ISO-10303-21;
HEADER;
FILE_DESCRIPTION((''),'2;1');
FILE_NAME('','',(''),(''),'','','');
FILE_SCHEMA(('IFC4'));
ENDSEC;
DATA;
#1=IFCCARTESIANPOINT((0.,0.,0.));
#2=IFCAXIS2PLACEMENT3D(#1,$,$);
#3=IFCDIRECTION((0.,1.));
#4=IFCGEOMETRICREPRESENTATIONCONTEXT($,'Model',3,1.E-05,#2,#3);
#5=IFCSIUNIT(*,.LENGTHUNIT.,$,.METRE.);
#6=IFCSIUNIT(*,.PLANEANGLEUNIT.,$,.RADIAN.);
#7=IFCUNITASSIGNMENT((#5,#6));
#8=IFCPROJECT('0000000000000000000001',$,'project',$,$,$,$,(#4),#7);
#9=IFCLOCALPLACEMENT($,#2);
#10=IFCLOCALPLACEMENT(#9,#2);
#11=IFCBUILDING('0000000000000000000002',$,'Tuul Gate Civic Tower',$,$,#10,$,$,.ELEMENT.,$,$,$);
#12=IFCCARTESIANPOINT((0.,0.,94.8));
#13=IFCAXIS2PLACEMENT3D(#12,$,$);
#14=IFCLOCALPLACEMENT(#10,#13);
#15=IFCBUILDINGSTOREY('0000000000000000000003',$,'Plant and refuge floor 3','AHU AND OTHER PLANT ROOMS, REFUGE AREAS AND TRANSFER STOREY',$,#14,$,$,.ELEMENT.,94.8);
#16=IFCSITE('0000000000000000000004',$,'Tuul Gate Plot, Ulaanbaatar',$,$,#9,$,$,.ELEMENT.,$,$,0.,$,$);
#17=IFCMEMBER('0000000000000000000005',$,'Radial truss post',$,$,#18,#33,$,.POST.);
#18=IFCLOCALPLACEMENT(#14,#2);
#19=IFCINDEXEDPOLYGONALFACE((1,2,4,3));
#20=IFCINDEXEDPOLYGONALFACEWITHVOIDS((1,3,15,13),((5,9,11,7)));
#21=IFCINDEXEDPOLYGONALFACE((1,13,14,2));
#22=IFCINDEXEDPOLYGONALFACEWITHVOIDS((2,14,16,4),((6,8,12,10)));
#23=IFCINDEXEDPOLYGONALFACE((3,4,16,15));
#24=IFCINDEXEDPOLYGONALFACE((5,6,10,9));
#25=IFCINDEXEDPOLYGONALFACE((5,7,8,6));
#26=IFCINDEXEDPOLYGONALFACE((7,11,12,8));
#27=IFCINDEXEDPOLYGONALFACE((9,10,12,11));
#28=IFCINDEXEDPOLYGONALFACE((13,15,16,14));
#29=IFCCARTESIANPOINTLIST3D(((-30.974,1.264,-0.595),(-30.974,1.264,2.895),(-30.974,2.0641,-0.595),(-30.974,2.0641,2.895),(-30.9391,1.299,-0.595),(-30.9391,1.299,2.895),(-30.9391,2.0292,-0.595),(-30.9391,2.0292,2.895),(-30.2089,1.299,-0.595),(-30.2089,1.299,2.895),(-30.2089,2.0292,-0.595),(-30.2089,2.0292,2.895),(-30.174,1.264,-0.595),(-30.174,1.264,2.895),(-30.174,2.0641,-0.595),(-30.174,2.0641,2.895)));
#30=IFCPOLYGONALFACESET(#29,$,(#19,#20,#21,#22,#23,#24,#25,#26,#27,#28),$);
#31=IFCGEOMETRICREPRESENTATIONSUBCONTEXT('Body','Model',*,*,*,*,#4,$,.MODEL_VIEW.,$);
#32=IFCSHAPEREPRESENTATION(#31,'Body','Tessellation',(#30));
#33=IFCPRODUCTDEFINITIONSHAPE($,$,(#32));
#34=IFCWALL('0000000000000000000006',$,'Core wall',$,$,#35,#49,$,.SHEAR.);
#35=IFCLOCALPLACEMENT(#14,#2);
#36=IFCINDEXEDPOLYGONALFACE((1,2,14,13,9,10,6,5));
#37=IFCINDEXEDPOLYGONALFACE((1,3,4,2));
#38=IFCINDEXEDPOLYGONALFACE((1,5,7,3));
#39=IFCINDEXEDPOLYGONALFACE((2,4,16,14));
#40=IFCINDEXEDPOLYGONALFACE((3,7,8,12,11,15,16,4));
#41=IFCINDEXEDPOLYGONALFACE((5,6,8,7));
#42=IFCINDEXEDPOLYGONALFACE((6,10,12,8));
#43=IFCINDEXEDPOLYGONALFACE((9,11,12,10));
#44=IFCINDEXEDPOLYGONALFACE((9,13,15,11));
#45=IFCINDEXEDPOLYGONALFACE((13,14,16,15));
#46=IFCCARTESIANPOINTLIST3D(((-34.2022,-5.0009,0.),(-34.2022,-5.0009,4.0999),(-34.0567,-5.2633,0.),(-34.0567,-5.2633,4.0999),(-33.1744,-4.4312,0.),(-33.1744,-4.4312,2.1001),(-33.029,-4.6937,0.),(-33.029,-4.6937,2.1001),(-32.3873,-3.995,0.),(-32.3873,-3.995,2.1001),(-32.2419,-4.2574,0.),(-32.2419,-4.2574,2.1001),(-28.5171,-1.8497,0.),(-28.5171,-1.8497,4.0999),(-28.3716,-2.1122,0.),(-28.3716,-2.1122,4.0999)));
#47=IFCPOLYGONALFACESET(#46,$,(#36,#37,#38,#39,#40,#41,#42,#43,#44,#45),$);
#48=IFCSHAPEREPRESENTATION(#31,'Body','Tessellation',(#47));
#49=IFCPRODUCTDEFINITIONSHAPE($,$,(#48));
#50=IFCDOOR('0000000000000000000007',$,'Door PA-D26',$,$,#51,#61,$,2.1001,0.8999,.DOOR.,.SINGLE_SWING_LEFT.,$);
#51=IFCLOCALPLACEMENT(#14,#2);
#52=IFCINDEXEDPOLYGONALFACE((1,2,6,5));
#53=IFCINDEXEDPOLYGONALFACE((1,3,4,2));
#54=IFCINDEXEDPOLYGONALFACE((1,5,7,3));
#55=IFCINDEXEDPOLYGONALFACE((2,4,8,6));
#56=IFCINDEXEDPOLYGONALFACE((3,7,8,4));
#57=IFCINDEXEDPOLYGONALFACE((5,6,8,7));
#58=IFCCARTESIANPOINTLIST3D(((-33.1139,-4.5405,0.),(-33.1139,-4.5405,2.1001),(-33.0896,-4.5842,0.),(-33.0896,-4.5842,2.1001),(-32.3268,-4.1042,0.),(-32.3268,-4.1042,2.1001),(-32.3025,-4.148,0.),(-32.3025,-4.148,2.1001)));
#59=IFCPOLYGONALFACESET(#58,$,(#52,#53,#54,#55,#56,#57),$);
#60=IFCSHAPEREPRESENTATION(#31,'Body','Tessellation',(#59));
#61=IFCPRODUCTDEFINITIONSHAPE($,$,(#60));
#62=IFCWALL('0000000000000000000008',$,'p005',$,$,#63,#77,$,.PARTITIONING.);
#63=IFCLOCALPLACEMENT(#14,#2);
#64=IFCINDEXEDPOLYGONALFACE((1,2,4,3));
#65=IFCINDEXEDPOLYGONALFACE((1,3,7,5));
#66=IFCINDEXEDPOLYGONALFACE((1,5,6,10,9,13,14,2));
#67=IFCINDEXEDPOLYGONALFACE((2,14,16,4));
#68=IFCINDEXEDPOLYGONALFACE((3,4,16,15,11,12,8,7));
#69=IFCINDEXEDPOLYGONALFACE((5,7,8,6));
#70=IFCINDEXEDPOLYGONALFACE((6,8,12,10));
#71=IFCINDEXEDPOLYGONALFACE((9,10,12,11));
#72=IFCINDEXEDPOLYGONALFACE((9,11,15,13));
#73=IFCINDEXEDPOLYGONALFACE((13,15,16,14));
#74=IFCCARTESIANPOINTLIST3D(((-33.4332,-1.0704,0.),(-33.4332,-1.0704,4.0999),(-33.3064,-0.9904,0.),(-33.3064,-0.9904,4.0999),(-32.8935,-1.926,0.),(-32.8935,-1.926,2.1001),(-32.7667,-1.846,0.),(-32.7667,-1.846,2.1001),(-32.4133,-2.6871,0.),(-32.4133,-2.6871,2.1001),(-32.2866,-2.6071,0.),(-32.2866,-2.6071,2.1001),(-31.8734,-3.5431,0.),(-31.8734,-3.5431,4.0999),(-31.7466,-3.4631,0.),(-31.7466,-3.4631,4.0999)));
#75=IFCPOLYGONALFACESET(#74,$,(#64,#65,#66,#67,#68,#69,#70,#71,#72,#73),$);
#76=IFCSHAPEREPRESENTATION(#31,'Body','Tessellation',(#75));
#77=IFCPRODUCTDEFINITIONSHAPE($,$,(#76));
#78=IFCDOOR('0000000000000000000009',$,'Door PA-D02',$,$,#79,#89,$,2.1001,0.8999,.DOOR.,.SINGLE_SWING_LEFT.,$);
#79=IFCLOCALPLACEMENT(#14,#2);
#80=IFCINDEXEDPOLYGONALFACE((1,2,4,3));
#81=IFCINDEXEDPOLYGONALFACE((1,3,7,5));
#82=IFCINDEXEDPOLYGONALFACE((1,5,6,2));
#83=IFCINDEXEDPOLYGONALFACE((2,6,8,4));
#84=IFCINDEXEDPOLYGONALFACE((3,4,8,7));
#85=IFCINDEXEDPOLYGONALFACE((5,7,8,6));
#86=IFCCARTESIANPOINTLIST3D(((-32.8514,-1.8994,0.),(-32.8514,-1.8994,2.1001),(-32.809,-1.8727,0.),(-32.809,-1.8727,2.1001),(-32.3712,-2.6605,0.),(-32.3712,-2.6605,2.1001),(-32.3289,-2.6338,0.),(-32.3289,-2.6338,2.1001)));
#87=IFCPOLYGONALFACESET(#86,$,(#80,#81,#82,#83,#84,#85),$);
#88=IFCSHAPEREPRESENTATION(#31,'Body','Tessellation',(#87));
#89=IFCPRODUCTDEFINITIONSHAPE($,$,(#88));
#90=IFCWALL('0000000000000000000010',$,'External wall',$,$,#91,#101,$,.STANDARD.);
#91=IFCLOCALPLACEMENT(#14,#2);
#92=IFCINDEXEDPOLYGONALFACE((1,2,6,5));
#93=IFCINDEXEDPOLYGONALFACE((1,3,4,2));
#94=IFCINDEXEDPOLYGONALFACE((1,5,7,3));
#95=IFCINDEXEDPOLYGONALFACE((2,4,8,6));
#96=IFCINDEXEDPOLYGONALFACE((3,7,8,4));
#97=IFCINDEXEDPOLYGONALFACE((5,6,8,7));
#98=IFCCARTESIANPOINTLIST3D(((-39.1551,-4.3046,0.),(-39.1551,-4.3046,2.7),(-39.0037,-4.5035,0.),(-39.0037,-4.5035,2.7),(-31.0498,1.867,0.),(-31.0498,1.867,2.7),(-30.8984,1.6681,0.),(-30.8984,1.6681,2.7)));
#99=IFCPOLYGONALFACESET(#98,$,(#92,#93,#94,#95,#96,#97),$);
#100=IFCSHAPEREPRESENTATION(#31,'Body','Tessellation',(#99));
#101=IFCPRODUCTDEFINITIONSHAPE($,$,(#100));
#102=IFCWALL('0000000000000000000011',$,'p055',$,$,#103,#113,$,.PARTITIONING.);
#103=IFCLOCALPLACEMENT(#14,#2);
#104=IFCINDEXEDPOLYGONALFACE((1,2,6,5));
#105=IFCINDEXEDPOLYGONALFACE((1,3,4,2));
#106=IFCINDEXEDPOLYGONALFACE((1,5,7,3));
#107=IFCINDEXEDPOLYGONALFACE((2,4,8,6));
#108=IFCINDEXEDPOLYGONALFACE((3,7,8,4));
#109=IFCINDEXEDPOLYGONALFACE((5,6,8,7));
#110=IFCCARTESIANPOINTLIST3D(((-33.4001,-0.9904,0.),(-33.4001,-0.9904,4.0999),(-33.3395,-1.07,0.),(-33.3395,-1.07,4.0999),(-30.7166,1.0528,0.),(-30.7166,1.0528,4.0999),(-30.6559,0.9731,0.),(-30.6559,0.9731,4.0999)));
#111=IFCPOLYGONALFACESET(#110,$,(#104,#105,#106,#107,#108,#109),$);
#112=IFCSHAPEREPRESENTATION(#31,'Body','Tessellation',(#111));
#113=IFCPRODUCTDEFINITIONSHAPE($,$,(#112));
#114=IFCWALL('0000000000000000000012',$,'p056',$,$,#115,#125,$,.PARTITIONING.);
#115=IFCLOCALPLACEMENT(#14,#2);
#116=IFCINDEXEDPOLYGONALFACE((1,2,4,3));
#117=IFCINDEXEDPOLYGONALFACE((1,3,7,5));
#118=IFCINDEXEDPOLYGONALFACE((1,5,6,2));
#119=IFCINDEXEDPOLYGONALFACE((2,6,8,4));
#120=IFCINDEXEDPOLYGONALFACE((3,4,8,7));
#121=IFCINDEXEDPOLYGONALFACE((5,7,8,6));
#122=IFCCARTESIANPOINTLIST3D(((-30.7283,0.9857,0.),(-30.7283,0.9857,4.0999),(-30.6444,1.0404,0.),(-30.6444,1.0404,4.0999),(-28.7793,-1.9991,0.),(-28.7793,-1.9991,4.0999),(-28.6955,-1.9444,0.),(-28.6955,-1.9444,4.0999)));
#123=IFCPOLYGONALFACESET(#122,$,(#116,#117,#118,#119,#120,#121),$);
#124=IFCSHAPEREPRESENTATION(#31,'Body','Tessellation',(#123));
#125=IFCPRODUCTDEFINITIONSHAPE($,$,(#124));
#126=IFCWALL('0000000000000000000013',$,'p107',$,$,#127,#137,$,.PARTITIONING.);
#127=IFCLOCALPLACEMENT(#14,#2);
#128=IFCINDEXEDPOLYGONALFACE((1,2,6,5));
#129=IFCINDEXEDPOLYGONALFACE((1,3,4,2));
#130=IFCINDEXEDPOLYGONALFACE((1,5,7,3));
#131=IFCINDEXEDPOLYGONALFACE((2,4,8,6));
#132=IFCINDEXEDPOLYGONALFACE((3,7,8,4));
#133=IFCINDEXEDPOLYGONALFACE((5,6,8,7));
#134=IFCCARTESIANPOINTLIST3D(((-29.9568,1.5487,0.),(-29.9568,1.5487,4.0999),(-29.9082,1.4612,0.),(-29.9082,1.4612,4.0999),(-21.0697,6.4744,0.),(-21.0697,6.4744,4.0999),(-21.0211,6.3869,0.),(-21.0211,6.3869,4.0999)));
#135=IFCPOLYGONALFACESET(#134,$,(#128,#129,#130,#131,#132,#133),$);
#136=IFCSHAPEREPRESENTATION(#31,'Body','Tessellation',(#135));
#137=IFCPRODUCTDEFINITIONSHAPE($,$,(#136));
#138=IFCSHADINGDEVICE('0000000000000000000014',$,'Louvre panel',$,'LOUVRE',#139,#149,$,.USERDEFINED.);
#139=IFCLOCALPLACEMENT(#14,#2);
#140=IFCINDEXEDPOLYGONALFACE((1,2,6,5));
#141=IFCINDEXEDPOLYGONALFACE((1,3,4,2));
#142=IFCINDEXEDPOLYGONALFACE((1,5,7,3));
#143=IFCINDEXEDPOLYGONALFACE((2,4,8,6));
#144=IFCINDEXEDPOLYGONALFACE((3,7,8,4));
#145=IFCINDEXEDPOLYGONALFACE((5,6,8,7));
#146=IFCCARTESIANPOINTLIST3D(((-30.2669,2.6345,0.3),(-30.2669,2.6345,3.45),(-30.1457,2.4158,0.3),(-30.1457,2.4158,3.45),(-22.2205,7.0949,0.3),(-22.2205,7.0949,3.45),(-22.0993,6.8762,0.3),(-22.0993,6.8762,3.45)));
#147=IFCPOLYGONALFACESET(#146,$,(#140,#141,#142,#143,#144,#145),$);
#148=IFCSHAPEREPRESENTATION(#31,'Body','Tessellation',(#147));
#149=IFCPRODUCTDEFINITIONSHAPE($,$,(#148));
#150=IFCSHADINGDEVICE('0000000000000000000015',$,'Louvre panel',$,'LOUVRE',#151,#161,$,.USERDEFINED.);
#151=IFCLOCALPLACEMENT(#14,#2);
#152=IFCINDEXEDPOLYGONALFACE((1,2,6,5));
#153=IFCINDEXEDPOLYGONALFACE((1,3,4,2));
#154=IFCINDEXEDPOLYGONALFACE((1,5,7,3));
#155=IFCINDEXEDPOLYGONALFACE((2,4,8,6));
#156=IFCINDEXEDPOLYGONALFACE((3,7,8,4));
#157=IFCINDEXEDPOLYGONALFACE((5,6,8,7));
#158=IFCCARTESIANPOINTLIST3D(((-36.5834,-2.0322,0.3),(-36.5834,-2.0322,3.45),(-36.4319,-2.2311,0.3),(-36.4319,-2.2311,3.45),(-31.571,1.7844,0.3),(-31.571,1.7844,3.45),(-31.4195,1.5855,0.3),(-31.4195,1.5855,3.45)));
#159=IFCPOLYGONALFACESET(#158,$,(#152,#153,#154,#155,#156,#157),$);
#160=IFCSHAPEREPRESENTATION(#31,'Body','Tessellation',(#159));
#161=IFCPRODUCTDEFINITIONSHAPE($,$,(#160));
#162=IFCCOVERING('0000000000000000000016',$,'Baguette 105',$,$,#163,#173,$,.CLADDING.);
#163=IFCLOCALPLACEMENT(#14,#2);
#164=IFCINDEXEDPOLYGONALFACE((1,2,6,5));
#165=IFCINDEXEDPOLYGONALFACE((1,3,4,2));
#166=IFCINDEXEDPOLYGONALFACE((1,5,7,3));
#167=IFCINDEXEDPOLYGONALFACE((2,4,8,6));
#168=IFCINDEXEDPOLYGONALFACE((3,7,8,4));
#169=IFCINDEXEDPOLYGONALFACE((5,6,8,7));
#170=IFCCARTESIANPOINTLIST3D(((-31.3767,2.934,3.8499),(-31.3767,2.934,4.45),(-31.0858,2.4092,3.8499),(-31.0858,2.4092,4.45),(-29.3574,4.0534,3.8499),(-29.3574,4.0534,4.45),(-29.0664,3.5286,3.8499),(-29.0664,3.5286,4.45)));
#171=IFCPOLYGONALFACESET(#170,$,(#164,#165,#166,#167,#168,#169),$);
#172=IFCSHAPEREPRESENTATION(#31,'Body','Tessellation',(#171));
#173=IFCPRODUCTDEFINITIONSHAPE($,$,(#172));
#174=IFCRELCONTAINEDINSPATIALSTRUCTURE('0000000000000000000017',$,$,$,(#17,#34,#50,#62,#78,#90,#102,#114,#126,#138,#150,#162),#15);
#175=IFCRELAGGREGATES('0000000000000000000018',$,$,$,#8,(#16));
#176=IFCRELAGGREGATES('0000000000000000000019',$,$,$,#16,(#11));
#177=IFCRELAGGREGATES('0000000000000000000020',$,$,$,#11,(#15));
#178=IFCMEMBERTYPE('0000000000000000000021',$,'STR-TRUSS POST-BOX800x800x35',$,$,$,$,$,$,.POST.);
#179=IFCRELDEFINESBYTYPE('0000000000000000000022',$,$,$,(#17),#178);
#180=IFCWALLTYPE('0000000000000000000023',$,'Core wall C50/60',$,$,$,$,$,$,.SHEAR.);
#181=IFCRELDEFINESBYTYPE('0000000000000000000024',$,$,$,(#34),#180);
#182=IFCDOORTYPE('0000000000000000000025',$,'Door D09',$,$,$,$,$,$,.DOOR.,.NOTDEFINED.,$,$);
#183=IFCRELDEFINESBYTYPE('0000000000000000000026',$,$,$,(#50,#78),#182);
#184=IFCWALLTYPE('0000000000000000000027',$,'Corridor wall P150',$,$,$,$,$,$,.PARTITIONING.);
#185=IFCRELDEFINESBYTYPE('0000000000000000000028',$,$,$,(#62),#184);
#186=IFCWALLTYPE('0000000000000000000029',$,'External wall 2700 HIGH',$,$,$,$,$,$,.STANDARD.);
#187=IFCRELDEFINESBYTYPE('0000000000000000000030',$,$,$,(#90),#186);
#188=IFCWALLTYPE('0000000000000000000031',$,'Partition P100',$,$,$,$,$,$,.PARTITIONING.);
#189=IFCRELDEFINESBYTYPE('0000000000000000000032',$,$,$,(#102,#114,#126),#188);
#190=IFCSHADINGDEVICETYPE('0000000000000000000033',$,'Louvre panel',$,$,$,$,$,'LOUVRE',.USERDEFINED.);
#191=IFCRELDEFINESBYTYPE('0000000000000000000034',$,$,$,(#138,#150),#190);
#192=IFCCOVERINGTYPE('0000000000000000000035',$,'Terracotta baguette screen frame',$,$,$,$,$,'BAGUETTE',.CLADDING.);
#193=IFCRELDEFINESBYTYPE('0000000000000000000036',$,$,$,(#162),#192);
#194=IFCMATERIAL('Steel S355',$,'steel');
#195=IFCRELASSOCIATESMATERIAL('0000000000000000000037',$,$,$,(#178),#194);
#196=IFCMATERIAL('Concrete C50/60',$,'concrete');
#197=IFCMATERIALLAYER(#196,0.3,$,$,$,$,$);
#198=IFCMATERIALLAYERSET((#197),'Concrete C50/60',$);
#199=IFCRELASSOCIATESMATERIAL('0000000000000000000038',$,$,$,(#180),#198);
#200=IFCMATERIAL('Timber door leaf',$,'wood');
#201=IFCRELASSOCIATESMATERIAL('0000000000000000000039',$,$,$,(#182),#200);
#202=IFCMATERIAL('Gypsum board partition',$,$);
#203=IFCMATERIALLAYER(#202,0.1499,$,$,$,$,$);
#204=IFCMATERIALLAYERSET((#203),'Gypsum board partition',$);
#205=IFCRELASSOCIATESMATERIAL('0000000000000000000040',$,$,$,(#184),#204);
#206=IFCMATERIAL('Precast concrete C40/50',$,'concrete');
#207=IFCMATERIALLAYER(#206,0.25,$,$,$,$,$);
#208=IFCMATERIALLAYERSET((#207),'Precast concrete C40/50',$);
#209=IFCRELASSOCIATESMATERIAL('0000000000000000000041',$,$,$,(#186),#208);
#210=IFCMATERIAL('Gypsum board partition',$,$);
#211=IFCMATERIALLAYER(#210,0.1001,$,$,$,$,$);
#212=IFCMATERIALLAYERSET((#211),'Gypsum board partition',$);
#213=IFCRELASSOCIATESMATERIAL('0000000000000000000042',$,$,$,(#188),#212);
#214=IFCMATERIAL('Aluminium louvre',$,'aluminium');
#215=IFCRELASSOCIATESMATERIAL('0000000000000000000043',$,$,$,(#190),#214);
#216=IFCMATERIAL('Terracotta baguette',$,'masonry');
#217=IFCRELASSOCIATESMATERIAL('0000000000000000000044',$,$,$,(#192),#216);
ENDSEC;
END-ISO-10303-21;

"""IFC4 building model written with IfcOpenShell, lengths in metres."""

from ifc_helpers import new_model, si_unit, direction, frame, frame_2d, origin, origin_2d, place, context, subcontext, project, spatial, rectangle, hollow_rectangle, extrude, material, layer, layer_set, material_profile, profile_set, type_object, element, fill, save


model = new_model("IFC4")

# Units and contexts
model_context = context("Model", 3, precision=1e-05, world=origin(), true_north=direction((0.0, 1.0)))
body_context = subcontext(model_context, "Body", "Model", "MODEL_VIEW")
ifc_project = project(units=[si_unit("LENGTHUNIT", "METRE"), si_unit("PLANEANGLEUNIT", "RADIAN")], contexts=[model_context])

# Site, building, storey
site_placement = place(None, origin())
site = spatial("IfcSite", under=ifc_project, at=site_placement, Name="Tuul Gate Plot, Ulaanbaatar", CompositionType="ELEMENT", RefElevation=0.0)
building_placement = place(site_placement, origin())
building = spatial("IfcBuilding", under=site, at=building_placement, Name="Tuul Gate Civic Tower", CompositionType="ELEMENT")
storey_placement = place(building_placement, frame((0.0, 0.0, 94.8)))
storey = spatial("IfcBuildingStorey", under=building, at=storey_placement, Name="Plant and refuge floor 3", Description="AHU AND OTHER PLANT ROOMS, REFUGE AREAS AND TRANSFER STOREY", CompositionType="ELEMENT", Elevation=94.8)

# Member
ifc_material_1 = material(Name="Steel S355", Category="steel")
ifc_material_profile_1 = material_profile(ifc_material_1, hollow_rectangle(XDim=0.8, YDim=0.8, WallThickness=0.0349, at=origin_2d()), Name="BOX800x800x35")
ifc_profile_set_1 = profile_set([ifc_material_profile_1], Name="Steel S355")
member_type_1 = type_object("IfcMemberType", Name="STR-TRUSS POST-BOX800x800x35", PredefinedType="POST", material=ifc_profile_set_1)
member_1_placement = place(storey_placement, frame((-30.574, 1.6641, -0.595), z_axis=(0.0, 0.0, 1.0), x_axis=(1.0, 0.0, 0.0)))
element("IfcMember", 1, at=member_1_placement, inside=storey, type_object=member_type_1, Name="Radial truss post", PredefinedType="POST", context=body_context, shape_type="SweptSolid", body=[
    extrude(hollow_rectangle(XDim=0.8, YDim=0.8, WallThickness=0.0349, at=origin_2d()), origin(), (0.0, 0.0, 1.0), 3.49),
])

# Walls, openings, doors
ifc_material_2 = material(Name="Concrete C50/60", Category="concrete")
ifc_layer_1 = layer(ifc_material_2, 0.3)
ifc_layer_set_1 = layer_set([ifc_layer_1], Name="Concrete C50/60")
wall_type_1 = type_object("IfcWallType", Name="Core wall C50/60", PredefinedType="SHEAR", material=ifc_layer_set_1)
wall_1_placement = place(storey_placement, frame((-28.4443, -1.981, 0.0), z_axis=(0.0, 0.0, 1.0), x_axis=(-0.87463, -0.484791, 0.0)))
wall_1 = element("IfcWall", 2, at=wall_1_placement, inside=storey, type_object=wall_type_1, Name="Core wall", PredefinedType="SHEAR", context=body_context, shape_type="SweptSolid", body=[
    extrude(rectangle(XDim=6.5, YDim=0.3, at=frame_2d((3.25, 0.0))), origin(), (0.0, 0.0, 1.0), 4.0999),
])
opening_1_placement = place(wall_1_placement, frame((4.425, 0.0, 0.0)))
opening_1 = element("IfcOpeningElement", 3, at=opening_1_placement, cuts=wall_1, PredefinedType="OPENING", context=body_context, shape_type="SweptSolid", body=[
    extrude(rectangle(XDim=0.8999, YDim=2.1001, at=frame_2d((0.45, 1.05))), frame((0.0, 0.1602, 0.0), z_axis=(0.0, -1.0, 0.0), x_axis=(1.0, 0.0, 0.0)), (0.0, 0.0, 1.0), 0.3201),
])
ifc_material_3 = material(Name="Timber door leaf", Category="wood")
door_type = type_object("IfcDoorType", Name="Door D09", OperationType="NOTDEFINED", PredefinedType="DOOR", material=ifc_material_3)
door_1_placement = place(opening_1_placement, origin())
door_1 = element("IfcDoor", 4, at=door_1_placement, inside=storey, type_object=door_type, Name="Door PA-D26", OperationType="SINGLE_SWING_LEFT", OverallHeight=2.1001, OverallWidth=0.8999, PredefinedType="DOOR", context=body_context, shape_type="SweptSolid", body=[
    extrude(rectangle(XDim=0.8999, YDim=2.1001, at=frame_2d((0.45, 1.05))), frame((0.0, 0.0249, 0.0), z_axis=(0.0, -1.0, 0.0), x_axis=(1.0, 0.0, 0.0)), (0.0, 0.0, 1.0), 0.05),
])
fill(opening_1, door_1)
ifc_material_4 = material(Name="Gypsum board partition")
ifc_layer_2 = layer(ifc_material_4, 0.1499)
ifc_layer_set_2 = layer_set([ifc_layer_2], Name="Gypsum board partition")
wall_type_2 = type_object("IfcWallType", Name="Corridor wall P150", PredefinedType="PARTITIONING", material=ifc_layer_set_2)
wall_2_placement = place(storey_placement, frame((-33.3699, -1.0303, 0.0), z_axis=(0.0, 0.0, 1.0), x_axis=(0.533537, -0.845777, 0.0)))
wall_2 = element("IfcWall", 5, at=wall_2_placement, inside=storey, type_object=wall_type_2, Name="p005", PredefinedType="PARTITIONING", context=body_context, shape_type="SweptSolid", body=[
    extrude(rectangle(XDim=2.9236, YDim=0.1499, at=frame_2d((1.4619, 0.0))), origin(), (0.0, 0.0, 1.0), 4.0999),
])
opening_2_placement = place(wall_2_placement, frame((1.0117, 0.0, 0.0)))
opening_2 = element("IfcOpeningElement", 6, at=opening_2_placement, cuts=wall_2, PredefinedType="OPENING", context=body_context, shape_type="SweptSolid", body=[
    extrude(rectangle(XDim=0.8999, YDim=2.1001, at=frame_2d((0.45, 1.05))), frame((0.0, 0.085, 0.0), z_axis=(0.0, -1.0, 0.0), x_axis=(1.0, 0.0, 0.0)), (0.0, 0.0, 1.0), 0.1699),
])
door_2_placement = place(opening_2_placement, origin())
door_2 = element("IfcDoor", 7, at=door_2_placement, inside=storey, type_object=door_type, Name="Door PA-D02", OperationType="SINGLE_SWING_LEFT", OverallHeight=2.1001, OverallWidth=0.8999, PredefinedType="DOOR", context=body_context, shape_type="SweptSolid", body=[
    extrude(rectangle(XDim=0.8999, YDim=2.1001, at=frame_2d((0.45, 1.05))), frame((0.0, 0.0249, 0.0), z_axis=(0.0, -1.0, 0.0), x_axis=(1.0, 0.0, 0.0)), (0.0, 0.0, 1.0), 0.05),
])
fill(opening_2, door_2)

# Walls
ifc_material_5 = material(Name="Precast concrete C40/50", Category="concrete")
ifc_layer_3 = layer(ifc_material_5, 0.25)
ifc_layer_set_3 = layer_set([ifc_layer_3], Name="Precast concrete C40/50")
wall_type_3 = type_object("IfcWallType", Name="External wall 2700 HIGH", PredefinedType="STANDARD", material=ifc_layer_set_3)
wall_3_placement = place(storey_placement, frame((-30.9741, 1.7676, 0.0), z_axis=(0.0, 0.0, 1.0), x_axis=(-0.79561, -0.605809, 0.0)))
element("IfcWall", 8, at=wall_3_placement, inside=storey, type_object=wall_type_3, Name="External wall", PredefinedType="STANDARD", context=body_context, shape_type="SweptSolid", body=[
    extrude(rectangle(XDim=10.1875, YDim=0.25, at=frame_2d((5.0938, 0.0))), origin(), (0.0, 0.0, 1.0), 2.7),
])
ifc_material_6 = material(Name="Gypsum board partition")
ifc_layer_4 = layer(ifc_material_6, 0.1001)
ifc_layer_set_4 = layer_set([ifc_layer_4], Name="Gypsum board partition")
wall_type_4 = type_object("IfcWallType", Name="Partition P100", PredefinedType="PARTITIONING", material=ifc_layer_set_4)
wall_4_placement = place(storey_placement, frame((-33.3699, -1.0303, 0.0), z_axis=(0.0, 0.0, 1.0), x_axis=(0.795636, 0.605775, 0.0)))
element("IfcWall", 9, at=wall_4_placement, inside=storey, type_object=wall_type_4, Name="p055", PredefinedType="PARTITIONING", context=body_context, shape_type="SweptSolid", body=[
    extrude(rectangle(XDim=3.3728, YDim=0.1001, at=frame_2d((1.6865, 0.0))), origin(), (0.0, 0.0, 1.0), 4.0999),
])
wall_5_placement = place(storey_placement, frame((-30.6863, 1.0129, 0.0), z_axis=(0.0, 0.0, 1.0), x_axis=(0.546725, -0.837312, 0.0)))
element("IfcWall", 10, at=wall_5_placement, inside=storey, type_object=wall_type_4, Name="p056", PredefinedType="PARTITIONING", context=body_context, shape_type="SweptSolid", body=[
    extrude(rectangle(XDim=3.5647, YDim=0.1001, at=frame_2d((1.7822, 0.0))), origin(), (0.0, 0.0, 1.0), 4.0999),
])
wall_6_placement = place(storey_placement, frame((-29.9326, 1.5049, 0.0), z_axis=(0.0, 0.0, 1.0), x_axis=(0.87464, 0.484774, 0.0)))
element("IfcWall", 11, at=wall_6_placement, inside=storey, type_object=wall_type_4, Name="p107", PredefinedType="PARTITIONING", context=body_context, shape_type="SweptSolid", body=[
    extrude(rectangle(XDim=10.1609, YDim=0.1001, at=frame_2d((5.0806, 0.0))), origin(), (0.0, 0.0, 1.0), 4.0999),
])

# Shading devices
ifc_material_7 = material(Name="Aluminium louvre", Category="aluminium")
shading_device_type = type_object("IfcShadingDeviceType", Name="Louvre panel", ElementType="LOUVRE", PredefinedType="USERDEFINED", material=ifc_material_7)
shading_device_1_placement = place(storey_placement, frame((-26.1831, 4.7554, 0.3), z_axis=(0.0, 0.0, 1.0), x_axis=(-0.484829, 0.874609, 0.0)))
element("IfcShadingDevice", 12, at=shading_device_1_placement, inside=storey, type_object=shading_device_type, Name="Louvre panel", ObjectType="LOUVRE", PredefinedType="USERDEFINED", context=body_context, shape_type="SweptSolid", body=[
    extrude(rectangle(XDim=0.25, YDim=9.2, at=origin_2d()), origin(), (0.0, 0.0, 1.0), 3.1499),
])
shading_device_2_placement = place(storey_placement, frame((-34.0015, -0.2234, 0.3), z_axis=(0.0, 0.0, 1.0), x_axis=(-0.605808, 0.795611, 0.0)))
element("IfcShadingDevice", 13, at=shading_device_2_placement, inside=storey, type_object=shading_device_type, Name="Louvre panel", ObjectType="LOUVRE", PredefinedType="USERDEFINED", context=body_context, shape_type="SweptSolid", body=[
    extrude(rectangle(XDim=0.25, YDim=6.3, at=origin_2d()), origin(), (0.0, 0.0, 1.0), 3.1499),
])

# Covering
ifc_material_8 = material(Name="Terracotta baguette", Category="masonry")
ifc_material_profile_2 = material_profile(ifc_material_8, rectangle(XDim=0.6001, YDim=0.6001, at=origin_2d()), Name="Terracotta baguette screen frame")
ifc_profile_set_2 = profile_set([ifc_material_profile_2], Name="Terracotta baguette")
covering_type = type_object("IfcCoveringType", Name="Terracotta baguette screen frame", ElementType="BAGUETTE", PredefinedType="CLADDING", material=ifc_profile_set_2)
covering_1_placement = place(storey_placement, frame((-29.2119, 3.791, 4.1499), z_axis=(-0.874606, -0.484835, 0.0), x_axis=(0.484835, -0.874606, 0.0)))
element("IfcCovering", 14, at=covering_1_placement, inside=storey, type_object=covering_type, Name="Baguette 105", PredefinedType="CLADDING", context=body_context, shape_type="SweptSolid", body=[
    extrude(rectangle(XDim=0.6001, YDim=0.6001, at=origin_2d()), origin(), (0.0, 0.0, 1.0), 2.3088),
])

save(model, "model.ifc")
